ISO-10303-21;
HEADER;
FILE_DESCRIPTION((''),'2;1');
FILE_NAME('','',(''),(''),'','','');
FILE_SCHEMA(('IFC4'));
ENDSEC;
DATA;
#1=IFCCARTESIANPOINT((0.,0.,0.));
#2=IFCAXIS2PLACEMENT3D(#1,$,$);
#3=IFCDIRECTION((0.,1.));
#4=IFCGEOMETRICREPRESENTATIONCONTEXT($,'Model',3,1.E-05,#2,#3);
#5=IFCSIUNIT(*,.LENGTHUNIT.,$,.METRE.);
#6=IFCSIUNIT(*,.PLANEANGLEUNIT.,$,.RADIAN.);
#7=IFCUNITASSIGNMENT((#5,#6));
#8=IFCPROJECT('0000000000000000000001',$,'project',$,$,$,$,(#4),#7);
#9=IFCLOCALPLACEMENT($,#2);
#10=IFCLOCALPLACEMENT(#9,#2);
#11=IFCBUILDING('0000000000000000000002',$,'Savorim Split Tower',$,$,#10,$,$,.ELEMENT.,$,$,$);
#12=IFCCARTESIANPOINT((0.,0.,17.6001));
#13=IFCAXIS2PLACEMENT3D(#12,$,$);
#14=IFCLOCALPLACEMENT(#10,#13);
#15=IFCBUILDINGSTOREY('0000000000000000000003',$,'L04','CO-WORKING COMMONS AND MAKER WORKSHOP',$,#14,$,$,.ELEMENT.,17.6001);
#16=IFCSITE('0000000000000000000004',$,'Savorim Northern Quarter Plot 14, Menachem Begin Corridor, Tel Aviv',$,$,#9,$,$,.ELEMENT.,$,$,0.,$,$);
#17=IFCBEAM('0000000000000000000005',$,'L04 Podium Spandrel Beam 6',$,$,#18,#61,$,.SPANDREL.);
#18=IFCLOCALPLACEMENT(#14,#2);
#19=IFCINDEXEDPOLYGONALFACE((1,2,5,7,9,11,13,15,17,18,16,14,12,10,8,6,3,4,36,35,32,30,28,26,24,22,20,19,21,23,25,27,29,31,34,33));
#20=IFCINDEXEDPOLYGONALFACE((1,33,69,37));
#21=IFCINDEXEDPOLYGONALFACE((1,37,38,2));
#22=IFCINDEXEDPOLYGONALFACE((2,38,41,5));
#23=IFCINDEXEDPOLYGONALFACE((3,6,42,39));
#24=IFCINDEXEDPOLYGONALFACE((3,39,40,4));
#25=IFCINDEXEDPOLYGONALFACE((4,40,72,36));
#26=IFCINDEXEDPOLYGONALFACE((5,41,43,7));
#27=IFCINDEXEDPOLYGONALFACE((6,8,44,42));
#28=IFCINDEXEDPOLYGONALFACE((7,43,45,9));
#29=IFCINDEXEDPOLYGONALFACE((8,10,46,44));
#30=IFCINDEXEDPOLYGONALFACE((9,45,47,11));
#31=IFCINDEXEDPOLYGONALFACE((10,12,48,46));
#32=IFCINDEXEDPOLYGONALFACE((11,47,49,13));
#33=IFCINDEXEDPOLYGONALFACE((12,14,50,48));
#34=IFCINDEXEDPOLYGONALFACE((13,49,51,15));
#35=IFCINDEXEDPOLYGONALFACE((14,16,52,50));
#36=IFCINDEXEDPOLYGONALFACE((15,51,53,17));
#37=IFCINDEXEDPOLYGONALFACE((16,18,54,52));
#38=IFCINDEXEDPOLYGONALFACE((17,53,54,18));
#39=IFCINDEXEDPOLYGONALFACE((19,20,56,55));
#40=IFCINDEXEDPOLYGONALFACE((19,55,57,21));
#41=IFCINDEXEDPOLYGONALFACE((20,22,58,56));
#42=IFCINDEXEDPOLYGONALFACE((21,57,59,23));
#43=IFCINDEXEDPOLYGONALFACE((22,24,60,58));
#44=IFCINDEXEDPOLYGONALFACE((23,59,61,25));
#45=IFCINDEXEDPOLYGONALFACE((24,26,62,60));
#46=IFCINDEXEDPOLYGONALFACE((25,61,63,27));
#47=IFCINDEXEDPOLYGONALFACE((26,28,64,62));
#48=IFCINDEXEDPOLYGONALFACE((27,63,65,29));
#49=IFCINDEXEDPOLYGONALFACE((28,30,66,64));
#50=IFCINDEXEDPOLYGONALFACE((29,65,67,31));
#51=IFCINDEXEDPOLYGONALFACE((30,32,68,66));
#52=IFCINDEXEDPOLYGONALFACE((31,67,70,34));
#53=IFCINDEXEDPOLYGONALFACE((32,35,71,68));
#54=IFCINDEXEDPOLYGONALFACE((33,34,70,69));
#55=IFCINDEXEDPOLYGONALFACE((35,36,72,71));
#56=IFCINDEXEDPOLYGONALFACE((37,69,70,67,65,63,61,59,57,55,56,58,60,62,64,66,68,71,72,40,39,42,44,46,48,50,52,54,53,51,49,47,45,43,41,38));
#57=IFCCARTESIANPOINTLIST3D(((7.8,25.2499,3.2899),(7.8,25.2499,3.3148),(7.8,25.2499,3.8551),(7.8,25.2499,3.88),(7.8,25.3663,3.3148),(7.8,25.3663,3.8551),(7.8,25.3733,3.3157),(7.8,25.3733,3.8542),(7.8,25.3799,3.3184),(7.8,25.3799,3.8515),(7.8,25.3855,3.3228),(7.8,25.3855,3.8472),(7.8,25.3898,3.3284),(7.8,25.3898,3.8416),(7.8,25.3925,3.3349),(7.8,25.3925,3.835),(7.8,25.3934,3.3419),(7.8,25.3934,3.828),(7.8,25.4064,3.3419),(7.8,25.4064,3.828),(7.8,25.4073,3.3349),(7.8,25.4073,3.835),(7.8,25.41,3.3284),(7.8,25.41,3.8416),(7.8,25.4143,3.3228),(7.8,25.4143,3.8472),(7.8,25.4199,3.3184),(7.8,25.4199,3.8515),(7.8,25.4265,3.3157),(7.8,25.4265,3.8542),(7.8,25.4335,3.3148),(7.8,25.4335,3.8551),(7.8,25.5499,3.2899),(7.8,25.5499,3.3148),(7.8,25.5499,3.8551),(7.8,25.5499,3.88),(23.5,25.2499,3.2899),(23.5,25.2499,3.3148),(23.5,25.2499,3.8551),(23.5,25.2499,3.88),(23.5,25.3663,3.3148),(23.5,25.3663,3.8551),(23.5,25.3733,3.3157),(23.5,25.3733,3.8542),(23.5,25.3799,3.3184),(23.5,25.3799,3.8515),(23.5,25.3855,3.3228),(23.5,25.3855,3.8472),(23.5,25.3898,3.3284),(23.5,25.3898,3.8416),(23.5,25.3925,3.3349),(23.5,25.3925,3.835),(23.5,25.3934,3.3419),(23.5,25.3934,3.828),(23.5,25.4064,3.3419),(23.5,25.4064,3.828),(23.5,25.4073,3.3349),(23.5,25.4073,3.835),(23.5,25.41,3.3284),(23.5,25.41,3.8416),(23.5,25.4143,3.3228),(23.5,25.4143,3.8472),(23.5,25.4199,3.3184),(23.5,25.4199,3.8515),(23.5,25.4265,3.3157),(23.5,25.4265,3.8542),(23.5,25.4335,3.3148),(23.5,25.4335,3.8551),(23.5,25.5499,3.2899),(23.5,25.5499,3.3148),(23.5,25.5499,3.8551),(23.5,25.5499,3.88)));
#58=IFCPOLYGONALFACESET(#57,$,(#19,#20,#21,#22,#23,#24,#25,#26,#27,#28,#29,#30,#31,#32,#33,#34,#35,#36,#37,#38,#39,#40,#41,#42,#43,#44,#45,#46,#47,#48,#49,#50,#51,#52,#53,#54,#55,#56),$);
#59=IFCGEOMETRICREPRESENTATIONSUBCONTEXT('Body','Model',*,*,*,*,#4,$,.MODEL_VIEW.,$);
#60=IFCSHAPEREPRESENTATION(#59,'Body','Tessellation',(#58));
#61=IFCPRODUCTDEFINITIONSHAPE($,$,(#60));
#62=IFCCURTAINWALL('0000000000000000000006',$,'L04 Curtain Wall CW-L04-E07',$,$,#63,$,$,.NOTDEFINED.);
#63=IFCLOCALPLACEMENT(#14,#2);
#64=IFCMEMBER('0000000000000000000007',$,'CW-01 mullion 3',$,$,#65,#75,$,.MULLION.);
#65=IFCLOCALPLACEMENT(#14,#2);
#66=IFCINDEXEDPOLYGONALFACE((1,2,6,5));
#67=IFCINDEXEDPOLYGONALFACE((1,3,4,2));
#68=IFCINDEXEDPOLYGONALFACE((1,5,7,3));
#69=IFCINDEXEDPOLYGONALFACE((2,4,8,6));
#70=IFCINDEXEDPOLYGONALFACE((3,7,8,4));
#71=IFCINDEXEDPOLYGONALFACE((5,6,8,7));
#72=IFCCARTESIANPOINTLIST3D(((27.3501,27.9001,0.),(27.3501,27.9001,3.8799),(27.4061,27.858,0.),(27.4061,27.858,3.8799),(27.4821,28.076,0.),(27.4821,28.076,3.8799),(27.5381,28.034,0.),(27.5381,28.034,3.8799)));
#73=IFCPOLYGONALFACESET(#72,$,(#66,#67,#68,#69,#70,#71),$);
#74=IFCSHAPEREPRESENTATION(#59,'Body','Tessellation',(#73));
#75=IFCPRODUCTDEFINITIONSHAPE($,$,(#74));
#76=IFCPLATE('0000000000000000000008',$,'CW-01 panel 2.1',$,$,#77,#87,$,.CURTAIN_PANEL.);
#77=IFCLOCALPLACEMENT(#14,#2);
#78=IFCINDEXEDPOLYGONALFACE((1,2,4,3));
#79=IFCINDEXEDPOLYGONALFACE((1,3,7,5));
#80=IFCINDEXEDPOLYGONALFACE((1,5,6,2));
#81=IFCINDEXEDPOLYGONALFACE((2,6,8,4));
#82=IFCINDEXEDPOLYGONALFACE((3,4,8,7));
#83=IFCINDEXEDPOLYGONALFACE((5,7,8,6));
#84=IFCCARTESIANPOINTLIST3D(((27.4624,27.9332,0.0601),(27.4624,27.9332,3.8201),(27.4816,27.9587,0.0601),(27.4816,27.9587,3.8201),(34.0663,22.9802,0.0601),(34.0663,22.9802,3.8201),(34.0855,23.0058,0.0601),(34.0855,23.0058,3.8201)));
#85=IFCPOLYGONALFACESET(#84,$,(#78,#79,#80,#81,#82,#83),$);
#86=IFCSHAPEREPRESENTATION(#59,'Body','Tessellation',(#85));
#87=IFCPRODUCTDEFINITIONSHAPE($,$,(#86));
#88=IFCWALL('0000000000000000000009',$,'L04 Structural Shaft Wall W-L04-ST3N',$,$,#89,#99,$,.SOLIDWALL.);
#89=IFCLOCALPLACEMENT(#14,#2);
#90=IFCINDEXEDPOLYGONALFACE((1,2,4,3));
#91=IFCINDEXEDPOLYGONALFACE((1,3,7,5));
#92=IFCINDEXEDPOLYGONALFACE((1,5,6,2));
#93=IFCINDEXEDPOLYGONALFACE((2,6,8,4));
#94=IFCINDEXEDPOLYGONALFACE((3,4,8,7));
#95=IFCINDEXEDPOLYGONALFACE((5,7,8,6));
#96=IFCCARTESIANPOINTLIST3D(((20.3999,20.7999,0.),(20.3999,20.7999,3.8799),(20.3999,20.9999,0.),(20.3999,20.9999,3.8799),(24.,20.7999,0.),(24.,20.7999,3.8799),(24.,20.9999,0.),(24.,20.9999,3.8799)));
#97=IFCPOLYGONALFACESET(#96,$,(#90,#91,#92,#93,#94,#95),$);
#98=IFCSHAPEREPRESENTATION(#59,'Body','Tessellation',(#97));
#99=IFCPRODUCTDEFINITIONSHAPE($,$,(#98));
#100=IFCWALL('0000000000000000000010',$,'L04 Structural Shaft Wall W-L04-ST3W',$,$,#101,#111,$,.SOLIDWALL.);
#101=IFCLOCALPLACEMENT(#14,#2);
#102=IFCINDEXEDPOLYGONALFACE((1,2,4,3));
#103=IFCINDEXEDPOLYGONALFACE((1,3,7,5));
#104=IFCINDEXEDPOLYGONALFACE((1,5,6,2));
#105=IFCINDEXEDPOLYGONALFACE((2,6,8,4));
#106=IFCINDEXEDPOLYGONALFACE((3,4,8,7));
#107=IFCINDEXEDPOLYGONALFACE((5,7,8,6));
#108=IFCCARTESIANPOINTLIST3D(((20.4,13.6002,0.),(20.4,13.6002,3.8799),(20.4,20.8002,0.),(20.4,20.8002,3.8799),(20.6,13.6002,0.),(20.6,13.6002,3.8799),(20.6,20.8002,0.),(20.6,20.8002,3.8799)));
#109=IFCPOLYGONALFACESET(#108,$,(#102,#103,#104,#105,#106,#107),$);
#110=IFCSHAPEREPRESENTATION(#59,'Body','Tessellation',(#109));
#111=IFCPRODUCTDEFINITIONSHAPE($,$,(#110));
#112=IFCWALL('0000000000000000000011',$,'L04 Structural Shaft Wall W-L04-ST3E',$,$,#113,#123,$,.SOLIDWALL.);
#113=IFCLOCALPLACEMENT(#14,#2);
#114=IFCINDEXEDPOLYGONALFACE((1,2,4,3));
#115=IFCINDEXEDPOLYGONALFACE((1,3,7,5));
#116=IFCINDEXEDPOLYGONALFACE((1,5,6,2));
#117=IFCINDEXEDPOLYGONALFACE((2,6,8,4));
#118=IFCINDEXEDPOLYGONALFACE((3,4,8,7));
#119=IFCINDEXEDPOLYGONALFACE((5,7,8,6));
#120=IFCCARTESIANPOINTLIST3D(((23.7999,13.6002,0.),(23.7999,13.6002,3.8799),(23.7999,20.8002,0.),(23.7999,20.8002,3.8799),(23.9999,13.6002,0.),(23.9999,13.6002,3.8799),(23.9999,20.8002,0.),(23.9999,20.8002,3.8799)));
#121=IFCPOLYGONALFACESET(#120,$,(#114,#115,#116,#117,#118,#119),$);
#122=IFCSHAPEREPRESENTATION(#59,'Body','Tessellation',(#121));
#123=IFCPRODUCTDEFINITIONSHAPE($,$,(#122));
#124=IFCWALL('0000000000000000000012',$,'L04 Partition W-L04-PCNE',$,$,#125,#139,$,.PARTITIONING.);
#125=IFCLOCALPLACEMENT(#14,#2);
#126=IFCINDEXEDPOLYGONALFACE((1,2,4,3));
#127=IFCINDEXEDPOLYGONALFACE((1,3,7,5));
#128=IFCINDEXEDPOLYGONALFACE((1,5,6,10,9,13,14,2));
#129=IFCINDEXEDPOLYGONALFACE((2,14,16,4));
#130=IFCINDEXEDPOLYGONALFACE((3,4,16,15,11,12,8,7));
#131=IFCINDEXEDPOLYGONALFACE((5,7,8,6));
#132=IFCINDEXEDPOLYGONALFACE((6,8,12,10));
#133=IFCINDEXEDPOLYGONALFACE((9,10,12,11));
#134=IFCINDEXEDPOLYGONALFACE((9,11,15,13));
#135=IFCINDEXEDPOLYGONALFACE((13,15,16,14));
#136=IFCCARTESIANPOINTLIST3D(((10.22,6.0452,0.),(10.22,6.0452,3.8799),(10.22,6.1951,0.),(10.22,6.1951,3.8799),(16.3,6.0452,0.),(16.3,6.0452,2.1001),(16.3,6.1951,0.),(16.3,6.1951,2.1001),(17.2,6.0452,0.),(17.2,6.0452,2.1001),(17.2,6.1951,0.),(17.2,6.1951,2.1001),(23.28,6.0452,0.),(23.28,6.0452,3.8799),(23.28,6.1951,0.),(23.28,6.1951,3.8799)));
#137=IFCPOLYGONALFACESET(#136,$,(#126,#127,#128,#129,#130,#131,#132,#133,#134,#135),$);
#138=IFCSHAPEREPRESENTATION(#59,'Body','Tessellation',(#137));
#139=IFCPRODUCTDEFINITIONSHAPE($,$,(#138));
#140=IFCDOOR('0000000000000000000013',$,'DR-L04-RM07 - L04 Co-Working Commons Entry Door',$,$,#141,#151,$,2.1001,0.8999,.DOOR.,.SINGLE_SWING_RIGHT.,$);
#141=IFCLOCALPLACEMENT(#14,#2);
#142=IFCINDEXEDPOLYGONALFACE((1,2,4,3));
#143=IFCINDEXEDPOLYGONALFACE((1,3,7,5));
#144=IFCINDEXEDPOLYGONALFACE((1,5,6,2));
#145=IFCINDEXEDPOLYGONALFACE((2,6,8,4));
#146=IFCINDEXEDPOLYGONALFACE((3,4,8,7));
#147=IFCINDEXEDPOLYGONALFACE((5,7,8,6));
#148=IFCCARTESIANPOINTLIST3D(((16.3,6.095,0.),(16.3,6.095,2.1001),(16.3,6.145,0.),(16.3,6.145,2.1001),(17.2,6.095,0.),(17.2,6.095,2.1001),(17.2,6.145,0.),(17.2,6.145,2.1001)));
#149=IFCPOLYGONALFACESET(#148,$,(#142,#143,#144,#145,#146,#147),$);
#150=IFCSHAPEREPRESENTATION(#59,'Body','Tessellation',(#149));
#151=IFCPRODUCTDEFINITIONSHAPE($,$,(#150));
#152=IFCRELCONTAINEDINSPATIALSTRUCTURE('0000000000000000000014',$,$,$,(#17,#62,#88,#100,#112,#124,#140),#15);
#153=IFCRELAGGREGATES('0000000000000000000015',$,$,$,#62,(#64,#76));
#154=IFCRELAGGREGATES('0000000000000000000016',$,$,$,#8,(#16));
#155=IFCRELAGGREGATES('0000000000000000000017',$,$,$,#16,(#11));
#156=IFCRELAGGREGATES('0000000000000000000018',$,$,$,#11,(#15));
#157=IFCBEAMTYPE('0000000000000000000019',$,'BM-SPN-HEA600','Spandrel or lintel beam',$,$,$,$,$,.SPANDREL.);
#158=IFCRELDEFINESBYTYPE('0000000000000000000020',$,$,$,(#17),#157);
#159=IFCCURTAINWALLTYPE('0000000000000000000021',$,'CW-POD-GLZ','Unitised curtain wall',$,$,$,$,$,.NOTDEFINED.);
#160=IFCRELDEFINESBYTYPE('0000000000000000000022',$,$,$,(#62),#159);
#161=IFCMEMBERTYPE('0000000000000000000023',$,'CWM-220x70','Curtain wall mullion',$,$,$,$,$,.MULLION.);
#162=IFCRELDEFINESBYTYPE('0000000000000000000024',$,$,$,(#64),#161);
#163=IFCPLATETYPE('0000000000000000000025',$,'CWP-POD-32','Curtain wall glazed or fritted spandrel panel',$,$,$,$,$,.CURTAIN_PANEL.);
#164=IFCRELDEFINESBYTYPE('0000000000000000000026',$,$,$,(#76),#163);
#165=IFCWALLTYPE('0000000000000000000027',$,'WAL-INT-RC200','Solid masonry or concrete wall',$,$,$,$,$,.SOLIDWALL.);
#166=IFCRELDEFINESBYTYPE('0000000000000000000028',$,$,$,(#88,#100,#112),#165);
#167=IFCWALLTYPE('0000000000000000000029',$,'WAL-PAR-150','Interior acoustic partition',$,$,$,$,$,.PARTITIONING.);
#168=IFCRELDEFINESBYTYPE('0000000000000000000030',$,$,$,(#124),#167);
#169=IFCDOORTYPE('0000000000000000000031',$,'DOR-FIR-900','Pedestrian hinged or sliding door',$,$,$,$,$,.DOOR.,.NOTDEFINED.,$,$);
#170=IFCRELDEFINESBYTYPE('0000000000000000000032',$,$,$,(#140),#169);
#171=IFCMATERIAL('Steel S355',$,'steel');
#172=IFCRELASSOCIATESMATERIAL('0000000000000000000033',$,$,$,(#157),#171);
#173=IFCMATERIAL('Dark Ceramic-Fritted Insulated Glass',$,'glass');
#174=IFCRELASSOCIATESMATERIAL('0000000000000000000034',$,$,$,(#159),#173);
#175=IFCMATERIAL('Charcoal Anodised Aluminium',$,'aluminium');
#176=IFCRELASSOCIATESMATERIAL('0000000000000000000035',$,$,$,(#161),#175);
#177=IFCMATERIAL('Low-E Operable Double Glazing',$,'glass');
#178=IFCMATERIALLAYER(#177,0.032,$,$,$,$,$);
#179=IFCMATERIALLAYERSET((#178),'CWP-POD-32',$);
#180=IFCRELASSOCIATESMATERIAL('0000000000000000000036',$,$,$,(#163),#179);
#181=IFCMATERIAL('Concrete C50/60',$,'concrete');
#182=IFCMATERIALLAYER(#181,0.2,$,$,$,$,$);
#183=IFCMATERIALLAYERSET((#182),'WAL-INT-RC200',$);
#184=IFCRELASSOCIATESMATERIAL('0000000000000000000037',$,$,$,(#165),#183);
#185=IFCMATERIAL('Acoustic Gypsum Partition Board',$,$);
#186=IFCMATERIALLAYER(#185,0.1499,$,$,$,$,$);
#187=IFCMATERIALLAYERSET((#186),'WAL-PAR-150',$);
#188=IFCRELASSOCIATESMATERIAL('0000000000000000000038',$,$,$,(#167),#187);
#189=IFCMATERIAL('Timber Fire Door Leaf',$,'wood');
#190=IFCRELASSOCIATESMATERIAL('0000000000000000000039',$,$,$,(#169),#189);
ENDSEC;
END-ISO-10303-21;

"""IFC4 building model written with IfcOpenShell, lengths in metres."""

from ifc_helpers import new_model, si_unit, direction, frame, frame_2d, origin, origin_2d, place, context, subcontext, project, spatial, rectangle, i_section, extrude, material, layer, layer_set, material_profile, profile_set, type_object, element, fill, aggregate, save


model = new_model("IFC4")

# Units and contexts
model_context = context("Model", 3, precision=1e-05, world=origin(), true_north=direction((0.0, 1.0)))
body_context = subcontext(model_context, "Body", "Model", "MODEL_VIEW")
ifc_project = project(units=[si_unit("LENGTHUNIT", "METRE"), si_unit("PLANEANGLEUNIT", "RADIAN")], contexts=[model_context])

# Site, building, storey
site_placement = place(None, origin())
site = spatial("IfcSite", under=ifc_project, at=site_placement, Name="Savorim Northern Quarter Plot 14, Menachem Begin Corridor, Tel Aviv", CompositionType="ELEMENT", RefElevation=0.0)
building_placement = place(site_placement, origin())
building = spatial("IfcBuilding", under=site, at=building_placement, Name="Savorim Split Tower", CompositionType="ELEMENT")
storey_placement = place(building_placement, frame((0.0, 0.0, 17.6001)))
storey = spatial("IfcBuildingStorey", under=building, at=storey_placement, Name="L04", Description="CO-WORKING COMMONS AND MAKER WORKSHOP", CompositionType="ELEMENT", Elevation=17.6001)

# Beam
ifc_material_1 = material(Name="Steel S355", Category="steel")
ifc_material_profile_1 = material_profile(ifc_material_1, i_section(OverallWidth=0.3, OverallDepth=0.5901, WebThickness=0.0129, FlangeThickness=0.0249, FilletRadius=0.0271, at=origin_2d()), Name="HEA 600")
ifc_profile_set_1 = profile_set([ifc_material_profile_1], Name="Steel S355")
beam_type_1 = type_object("IfcBeamType", Name="BM-SPN-HEA600", Description="Spandrel or lintel beam", PredefinedType="SPANDREL", material=ifc_profile_set_1)
beam_1_placement = place(storey_placement, frame((23.5, 25.3999, 3.585), z_axis=(-1.0, 0.0, 0.0), x_axis=(0.0, -1.0, 0.0)))
element("IfcBeam", 1, at=beam_1_placement, inside=storey, type_object=beam_type_1, Name="L04 Podium Spandrel Beam 6", PredefinedType="SPANDREL", context=body_context, shape_type="SweptSolid", body=[
    extrude(i_section(OverallWidth=0.3, OverallDepth=0.5901, WebThickness=0.0129, FlangeThickness=0.0249, FilletRadius=0.0271, at=origin_2d()), origin(), (0.0, 0.0, 1.0), 15.7),
])

# Curtain wall, member, plate
ifc_material_2 = material(Name="Dark Ceramic-Fritted Insulated Glass", Category="glass")
curtain_wall_type = type_object("IfcCurtainWallType", Name="CW-POD-GLZ", Description="Unitised curtain wall", PredefinedType="NOTDEFINED", material=ifc_material_2)
curtain_wall_placement = place(storey_placement, origin())
curtain_wall = element("IfcCurtainWall", 2, at=curtain_wall_placement, inside=storey, type_object=curtain_wall_type, Name="L04 Curtain Wall CW-L04-E07", PredefinedType="NOTDEFINED")
ifc_material_3 = material(Name="Charcoal Anodised Aluminium", Category="aluminium")
ifc_material_profile_2 = material_profile(ifc_material_3, rectangle(XDim=0.22, YDim=0.0701, at=origin_2d()), Name="ALU-M 220x70")
ifc_profile_set_2 = profile_set([ifc_material_profile_2], Name="Charcoal Anodised Aluminium")
member_type = type_object("IfcMemberType", Name="CWM-220x70", Description="Curtain wall mullion", PredefinedType="MULLION", material=ifc_profile_set_2)
member_placement = place(storey_placement, frame((27.4441, 27.967, 0.0), z_axis=(0.0, 0.0, 1.0), x_axis=(-0.6, -0.8, 0.0)))
member = element("IfcMember", 3, at=member_placement, type_object=member_type, Name="CW-01 mullion 3", PredefinedType="MULLION", context=body_context, shape_type="SweptSolid", body=[
    extrude(rectangle(XDim=0.22, YDim=0.0701, at=origin_2d()), origin(), (0.0, 0.0, 1.0), 3.8799),
])
ifc_material_4 = material(Name="Low-E Operable Double Glazing", Category="glass")
ifc_layer_1 = layer(ifc_material_4, 0.032)
ifc_layer_set_1 = layer_set([ifc_layer_1], Name="CWP-POD-32")
plate_type = type_object("IfcPlateType", Name="CWP-POD-32", Description="Curtain wall glazed or fritted spandrel panel", PredefinedType="CURTAIN_PANEL", material=ifc_layer_set_1)
plate_placement = place(storey_placement, frame((30.7739, 25.4695, 0.0601), z_axis=(0.0, 0.0, 1.0), x_axis=(-0.8, 0.6, 0.0)))
plate = element("IfcPlate", 4, at=plate_placement, type_object=plate_type, Name="CW-01 panel 2.1", PredefinedType="CURTAIN_PANEL", context=body_context, shape_type="SweptSolid", body=[
    extrude(rectangle(XDim=8.2549, YDim=0.032, at=origin_2d()), origin(), (0.0, 0.0, 1.0), 3.76),
])
aggregate(curtain_wall, [member, plate])

# Shared definitions
ifc_material_5 = material(Name="Concrete C50/60", Category="concrete")
ifc_layer_2 = layer(ifc_material_5, 0.2)
ifc_layer_set_2 = layer_set([ifc_layer_2], Name="WAL-INT-RC200")
wall_type_1 = type_object("IfcWallType", Name="WAL-INT-RC200", Description="Solid masonry or concrete wall", PredefinedType="SOLIDWALL", material=ifc_layer_set_2)
ifc_material_6 = material(Name="Timber Fire Door Leaf", Category="wood")

# Walls
wall_1_placement = place(storey_placement, frame((20.3999, 20.8999, 0.0), z_axis=(0.0, 0.0, 1.0), x_axis=(1.0, 0.0, 0.0)))
element("IfcWall", 5, at=wall_1_placement, inside=storey, type_object=wall_type_1, Name="L04 Structural Shaft Wall W-L04-ST3N", PredefinedType="SOLIDWALL", context=body_context, shape_type="SweptSolid", body=[
    extrude(rectangle(XDim=3.6001, YDim=0.2, at=frame_2d((1.8, 0.0))), origin(), (0.0, 0.0, 1.0), 3.8799),
])
for number, where, z_axis, x_axis, name in (
    (6, (20.5, 13.6001, 0.0), (0.0, 0.0, 1.0), (0.0, 1.0, 0.0), "L04 Structural Shaft Wall W-L04-ST3W"),
    (7, (23.8999, 13.6001, 0.0), (0.0, 0.0, 1.0), (0.0, 1.0, 0.0), "L04 Structural Shaft Wall W-L04-ST3E"),
):
    element("IfcWall", number, at=place(storey_placement, frame(where, z_axis=z_axis, x_axis=x_axis)), inside=storey, type_object=wall_type_1, Name=name, PredefinedType="SOLIDWALL", context=body_context, shape_type="SweptSolid", body=[
        extrude(rectangle(XDim=7.2, YDim=0.2, at=frame_2d((3.6001, 0.0))), origin(), (0.0, 0.0, 1.0), 3.8799),
    ])

# Wall, opening, door
ifc_material_7 = material(Name="Acoustic Gypsum Partition Board")
ifc_layer_3 = layer(ifc_material_7, 0.1499)
ifc_layer_set_3 = layer_set([ifc_layer_3], Name="WAL-PAR-150")
wall_type_2 = type_object("IfcWallType", Name="WAL-PAR-150", Description="Interior acoustic partition", PredefinedType="PARTITIONING", material=ifc_layer_set_3)
wall_2_placement = place(storey_placement, frame((10.22, 6.1201, 0.0), z_axis=(0.0, 0.0, 1.0), x_axis=(1.0, 0.0, 0.0)))
wall_2 = element("IfcWall", 8, at=wall_2_placement, inside=storey, type_object=wall_type_2, Name="L04 Partition W-L04-PCNE", PredefinedType="PARTITIONING", context=body_context, shape_type="SweptSolid", body=[
    extrude(rectangle(XDim=13.0601, YDim=0.1499, at=frame_2d((6.53, 0.0))), origin(), (0.0, 0.0, 1.0), 3.8799),
])
opening_1_placement = place(wall_2_placement, frame((6.0801, 0.0, 0.0)))
opening_1 = element("IfcOpeningElement", 9, at=opening_1_placement, cuts=wall_2, PredefinedType="OPENING", context=body_context, shape_type="SweptSolid", body=[
    extrude(rectangle(XDim=0.8999, YDim=2.1001, at=frame_2d((0.45, 1.05))), frame((0.0, 0.085, 0.0), z_axis=(0.0, -1.0, 0.0), x_axis=(1.0, 0.0, 0.0)), (0.0, 0.0, 1.0), 0.1699),
])
door_type_1 = type_object("IfcDoorType", Name="DOR-FIR-900", Description="Pedestrian hinged or sliding door", OperationType="NOTDEFINED", PredefinedType="DOOR", material=ifc_material_6)
door_1_placement = place(opening_1_placement, origin())
door_1 = element("IfcDoor", 10, at=door_1_placement, inside=storey, type_object=door_type_1, Name="DR-L04-RM07 - L04 Co-Working Commons Entry Door", OperationType="SINGLE_SWING_RIGHT", OverallHeight=2.1001, OverallWidth=0.8999, PredefinedType="DOOR", context=body_context, shape_type="SweptSolid", body=[
    extrude(rectangle(XDim=0.8999, YDim=2.1001, at=frame_2d((0.45, 1.05))), frame((0.0, 0.0249, 0.0), z_axis=(0.0, -1.0, 0.0), x_axis=(1.0, 0.0, 0.0)), (0.0, 0.0, 1.0), 0.05),
])
fill(opening_1, door_1)

save(model, "model.ifc")
